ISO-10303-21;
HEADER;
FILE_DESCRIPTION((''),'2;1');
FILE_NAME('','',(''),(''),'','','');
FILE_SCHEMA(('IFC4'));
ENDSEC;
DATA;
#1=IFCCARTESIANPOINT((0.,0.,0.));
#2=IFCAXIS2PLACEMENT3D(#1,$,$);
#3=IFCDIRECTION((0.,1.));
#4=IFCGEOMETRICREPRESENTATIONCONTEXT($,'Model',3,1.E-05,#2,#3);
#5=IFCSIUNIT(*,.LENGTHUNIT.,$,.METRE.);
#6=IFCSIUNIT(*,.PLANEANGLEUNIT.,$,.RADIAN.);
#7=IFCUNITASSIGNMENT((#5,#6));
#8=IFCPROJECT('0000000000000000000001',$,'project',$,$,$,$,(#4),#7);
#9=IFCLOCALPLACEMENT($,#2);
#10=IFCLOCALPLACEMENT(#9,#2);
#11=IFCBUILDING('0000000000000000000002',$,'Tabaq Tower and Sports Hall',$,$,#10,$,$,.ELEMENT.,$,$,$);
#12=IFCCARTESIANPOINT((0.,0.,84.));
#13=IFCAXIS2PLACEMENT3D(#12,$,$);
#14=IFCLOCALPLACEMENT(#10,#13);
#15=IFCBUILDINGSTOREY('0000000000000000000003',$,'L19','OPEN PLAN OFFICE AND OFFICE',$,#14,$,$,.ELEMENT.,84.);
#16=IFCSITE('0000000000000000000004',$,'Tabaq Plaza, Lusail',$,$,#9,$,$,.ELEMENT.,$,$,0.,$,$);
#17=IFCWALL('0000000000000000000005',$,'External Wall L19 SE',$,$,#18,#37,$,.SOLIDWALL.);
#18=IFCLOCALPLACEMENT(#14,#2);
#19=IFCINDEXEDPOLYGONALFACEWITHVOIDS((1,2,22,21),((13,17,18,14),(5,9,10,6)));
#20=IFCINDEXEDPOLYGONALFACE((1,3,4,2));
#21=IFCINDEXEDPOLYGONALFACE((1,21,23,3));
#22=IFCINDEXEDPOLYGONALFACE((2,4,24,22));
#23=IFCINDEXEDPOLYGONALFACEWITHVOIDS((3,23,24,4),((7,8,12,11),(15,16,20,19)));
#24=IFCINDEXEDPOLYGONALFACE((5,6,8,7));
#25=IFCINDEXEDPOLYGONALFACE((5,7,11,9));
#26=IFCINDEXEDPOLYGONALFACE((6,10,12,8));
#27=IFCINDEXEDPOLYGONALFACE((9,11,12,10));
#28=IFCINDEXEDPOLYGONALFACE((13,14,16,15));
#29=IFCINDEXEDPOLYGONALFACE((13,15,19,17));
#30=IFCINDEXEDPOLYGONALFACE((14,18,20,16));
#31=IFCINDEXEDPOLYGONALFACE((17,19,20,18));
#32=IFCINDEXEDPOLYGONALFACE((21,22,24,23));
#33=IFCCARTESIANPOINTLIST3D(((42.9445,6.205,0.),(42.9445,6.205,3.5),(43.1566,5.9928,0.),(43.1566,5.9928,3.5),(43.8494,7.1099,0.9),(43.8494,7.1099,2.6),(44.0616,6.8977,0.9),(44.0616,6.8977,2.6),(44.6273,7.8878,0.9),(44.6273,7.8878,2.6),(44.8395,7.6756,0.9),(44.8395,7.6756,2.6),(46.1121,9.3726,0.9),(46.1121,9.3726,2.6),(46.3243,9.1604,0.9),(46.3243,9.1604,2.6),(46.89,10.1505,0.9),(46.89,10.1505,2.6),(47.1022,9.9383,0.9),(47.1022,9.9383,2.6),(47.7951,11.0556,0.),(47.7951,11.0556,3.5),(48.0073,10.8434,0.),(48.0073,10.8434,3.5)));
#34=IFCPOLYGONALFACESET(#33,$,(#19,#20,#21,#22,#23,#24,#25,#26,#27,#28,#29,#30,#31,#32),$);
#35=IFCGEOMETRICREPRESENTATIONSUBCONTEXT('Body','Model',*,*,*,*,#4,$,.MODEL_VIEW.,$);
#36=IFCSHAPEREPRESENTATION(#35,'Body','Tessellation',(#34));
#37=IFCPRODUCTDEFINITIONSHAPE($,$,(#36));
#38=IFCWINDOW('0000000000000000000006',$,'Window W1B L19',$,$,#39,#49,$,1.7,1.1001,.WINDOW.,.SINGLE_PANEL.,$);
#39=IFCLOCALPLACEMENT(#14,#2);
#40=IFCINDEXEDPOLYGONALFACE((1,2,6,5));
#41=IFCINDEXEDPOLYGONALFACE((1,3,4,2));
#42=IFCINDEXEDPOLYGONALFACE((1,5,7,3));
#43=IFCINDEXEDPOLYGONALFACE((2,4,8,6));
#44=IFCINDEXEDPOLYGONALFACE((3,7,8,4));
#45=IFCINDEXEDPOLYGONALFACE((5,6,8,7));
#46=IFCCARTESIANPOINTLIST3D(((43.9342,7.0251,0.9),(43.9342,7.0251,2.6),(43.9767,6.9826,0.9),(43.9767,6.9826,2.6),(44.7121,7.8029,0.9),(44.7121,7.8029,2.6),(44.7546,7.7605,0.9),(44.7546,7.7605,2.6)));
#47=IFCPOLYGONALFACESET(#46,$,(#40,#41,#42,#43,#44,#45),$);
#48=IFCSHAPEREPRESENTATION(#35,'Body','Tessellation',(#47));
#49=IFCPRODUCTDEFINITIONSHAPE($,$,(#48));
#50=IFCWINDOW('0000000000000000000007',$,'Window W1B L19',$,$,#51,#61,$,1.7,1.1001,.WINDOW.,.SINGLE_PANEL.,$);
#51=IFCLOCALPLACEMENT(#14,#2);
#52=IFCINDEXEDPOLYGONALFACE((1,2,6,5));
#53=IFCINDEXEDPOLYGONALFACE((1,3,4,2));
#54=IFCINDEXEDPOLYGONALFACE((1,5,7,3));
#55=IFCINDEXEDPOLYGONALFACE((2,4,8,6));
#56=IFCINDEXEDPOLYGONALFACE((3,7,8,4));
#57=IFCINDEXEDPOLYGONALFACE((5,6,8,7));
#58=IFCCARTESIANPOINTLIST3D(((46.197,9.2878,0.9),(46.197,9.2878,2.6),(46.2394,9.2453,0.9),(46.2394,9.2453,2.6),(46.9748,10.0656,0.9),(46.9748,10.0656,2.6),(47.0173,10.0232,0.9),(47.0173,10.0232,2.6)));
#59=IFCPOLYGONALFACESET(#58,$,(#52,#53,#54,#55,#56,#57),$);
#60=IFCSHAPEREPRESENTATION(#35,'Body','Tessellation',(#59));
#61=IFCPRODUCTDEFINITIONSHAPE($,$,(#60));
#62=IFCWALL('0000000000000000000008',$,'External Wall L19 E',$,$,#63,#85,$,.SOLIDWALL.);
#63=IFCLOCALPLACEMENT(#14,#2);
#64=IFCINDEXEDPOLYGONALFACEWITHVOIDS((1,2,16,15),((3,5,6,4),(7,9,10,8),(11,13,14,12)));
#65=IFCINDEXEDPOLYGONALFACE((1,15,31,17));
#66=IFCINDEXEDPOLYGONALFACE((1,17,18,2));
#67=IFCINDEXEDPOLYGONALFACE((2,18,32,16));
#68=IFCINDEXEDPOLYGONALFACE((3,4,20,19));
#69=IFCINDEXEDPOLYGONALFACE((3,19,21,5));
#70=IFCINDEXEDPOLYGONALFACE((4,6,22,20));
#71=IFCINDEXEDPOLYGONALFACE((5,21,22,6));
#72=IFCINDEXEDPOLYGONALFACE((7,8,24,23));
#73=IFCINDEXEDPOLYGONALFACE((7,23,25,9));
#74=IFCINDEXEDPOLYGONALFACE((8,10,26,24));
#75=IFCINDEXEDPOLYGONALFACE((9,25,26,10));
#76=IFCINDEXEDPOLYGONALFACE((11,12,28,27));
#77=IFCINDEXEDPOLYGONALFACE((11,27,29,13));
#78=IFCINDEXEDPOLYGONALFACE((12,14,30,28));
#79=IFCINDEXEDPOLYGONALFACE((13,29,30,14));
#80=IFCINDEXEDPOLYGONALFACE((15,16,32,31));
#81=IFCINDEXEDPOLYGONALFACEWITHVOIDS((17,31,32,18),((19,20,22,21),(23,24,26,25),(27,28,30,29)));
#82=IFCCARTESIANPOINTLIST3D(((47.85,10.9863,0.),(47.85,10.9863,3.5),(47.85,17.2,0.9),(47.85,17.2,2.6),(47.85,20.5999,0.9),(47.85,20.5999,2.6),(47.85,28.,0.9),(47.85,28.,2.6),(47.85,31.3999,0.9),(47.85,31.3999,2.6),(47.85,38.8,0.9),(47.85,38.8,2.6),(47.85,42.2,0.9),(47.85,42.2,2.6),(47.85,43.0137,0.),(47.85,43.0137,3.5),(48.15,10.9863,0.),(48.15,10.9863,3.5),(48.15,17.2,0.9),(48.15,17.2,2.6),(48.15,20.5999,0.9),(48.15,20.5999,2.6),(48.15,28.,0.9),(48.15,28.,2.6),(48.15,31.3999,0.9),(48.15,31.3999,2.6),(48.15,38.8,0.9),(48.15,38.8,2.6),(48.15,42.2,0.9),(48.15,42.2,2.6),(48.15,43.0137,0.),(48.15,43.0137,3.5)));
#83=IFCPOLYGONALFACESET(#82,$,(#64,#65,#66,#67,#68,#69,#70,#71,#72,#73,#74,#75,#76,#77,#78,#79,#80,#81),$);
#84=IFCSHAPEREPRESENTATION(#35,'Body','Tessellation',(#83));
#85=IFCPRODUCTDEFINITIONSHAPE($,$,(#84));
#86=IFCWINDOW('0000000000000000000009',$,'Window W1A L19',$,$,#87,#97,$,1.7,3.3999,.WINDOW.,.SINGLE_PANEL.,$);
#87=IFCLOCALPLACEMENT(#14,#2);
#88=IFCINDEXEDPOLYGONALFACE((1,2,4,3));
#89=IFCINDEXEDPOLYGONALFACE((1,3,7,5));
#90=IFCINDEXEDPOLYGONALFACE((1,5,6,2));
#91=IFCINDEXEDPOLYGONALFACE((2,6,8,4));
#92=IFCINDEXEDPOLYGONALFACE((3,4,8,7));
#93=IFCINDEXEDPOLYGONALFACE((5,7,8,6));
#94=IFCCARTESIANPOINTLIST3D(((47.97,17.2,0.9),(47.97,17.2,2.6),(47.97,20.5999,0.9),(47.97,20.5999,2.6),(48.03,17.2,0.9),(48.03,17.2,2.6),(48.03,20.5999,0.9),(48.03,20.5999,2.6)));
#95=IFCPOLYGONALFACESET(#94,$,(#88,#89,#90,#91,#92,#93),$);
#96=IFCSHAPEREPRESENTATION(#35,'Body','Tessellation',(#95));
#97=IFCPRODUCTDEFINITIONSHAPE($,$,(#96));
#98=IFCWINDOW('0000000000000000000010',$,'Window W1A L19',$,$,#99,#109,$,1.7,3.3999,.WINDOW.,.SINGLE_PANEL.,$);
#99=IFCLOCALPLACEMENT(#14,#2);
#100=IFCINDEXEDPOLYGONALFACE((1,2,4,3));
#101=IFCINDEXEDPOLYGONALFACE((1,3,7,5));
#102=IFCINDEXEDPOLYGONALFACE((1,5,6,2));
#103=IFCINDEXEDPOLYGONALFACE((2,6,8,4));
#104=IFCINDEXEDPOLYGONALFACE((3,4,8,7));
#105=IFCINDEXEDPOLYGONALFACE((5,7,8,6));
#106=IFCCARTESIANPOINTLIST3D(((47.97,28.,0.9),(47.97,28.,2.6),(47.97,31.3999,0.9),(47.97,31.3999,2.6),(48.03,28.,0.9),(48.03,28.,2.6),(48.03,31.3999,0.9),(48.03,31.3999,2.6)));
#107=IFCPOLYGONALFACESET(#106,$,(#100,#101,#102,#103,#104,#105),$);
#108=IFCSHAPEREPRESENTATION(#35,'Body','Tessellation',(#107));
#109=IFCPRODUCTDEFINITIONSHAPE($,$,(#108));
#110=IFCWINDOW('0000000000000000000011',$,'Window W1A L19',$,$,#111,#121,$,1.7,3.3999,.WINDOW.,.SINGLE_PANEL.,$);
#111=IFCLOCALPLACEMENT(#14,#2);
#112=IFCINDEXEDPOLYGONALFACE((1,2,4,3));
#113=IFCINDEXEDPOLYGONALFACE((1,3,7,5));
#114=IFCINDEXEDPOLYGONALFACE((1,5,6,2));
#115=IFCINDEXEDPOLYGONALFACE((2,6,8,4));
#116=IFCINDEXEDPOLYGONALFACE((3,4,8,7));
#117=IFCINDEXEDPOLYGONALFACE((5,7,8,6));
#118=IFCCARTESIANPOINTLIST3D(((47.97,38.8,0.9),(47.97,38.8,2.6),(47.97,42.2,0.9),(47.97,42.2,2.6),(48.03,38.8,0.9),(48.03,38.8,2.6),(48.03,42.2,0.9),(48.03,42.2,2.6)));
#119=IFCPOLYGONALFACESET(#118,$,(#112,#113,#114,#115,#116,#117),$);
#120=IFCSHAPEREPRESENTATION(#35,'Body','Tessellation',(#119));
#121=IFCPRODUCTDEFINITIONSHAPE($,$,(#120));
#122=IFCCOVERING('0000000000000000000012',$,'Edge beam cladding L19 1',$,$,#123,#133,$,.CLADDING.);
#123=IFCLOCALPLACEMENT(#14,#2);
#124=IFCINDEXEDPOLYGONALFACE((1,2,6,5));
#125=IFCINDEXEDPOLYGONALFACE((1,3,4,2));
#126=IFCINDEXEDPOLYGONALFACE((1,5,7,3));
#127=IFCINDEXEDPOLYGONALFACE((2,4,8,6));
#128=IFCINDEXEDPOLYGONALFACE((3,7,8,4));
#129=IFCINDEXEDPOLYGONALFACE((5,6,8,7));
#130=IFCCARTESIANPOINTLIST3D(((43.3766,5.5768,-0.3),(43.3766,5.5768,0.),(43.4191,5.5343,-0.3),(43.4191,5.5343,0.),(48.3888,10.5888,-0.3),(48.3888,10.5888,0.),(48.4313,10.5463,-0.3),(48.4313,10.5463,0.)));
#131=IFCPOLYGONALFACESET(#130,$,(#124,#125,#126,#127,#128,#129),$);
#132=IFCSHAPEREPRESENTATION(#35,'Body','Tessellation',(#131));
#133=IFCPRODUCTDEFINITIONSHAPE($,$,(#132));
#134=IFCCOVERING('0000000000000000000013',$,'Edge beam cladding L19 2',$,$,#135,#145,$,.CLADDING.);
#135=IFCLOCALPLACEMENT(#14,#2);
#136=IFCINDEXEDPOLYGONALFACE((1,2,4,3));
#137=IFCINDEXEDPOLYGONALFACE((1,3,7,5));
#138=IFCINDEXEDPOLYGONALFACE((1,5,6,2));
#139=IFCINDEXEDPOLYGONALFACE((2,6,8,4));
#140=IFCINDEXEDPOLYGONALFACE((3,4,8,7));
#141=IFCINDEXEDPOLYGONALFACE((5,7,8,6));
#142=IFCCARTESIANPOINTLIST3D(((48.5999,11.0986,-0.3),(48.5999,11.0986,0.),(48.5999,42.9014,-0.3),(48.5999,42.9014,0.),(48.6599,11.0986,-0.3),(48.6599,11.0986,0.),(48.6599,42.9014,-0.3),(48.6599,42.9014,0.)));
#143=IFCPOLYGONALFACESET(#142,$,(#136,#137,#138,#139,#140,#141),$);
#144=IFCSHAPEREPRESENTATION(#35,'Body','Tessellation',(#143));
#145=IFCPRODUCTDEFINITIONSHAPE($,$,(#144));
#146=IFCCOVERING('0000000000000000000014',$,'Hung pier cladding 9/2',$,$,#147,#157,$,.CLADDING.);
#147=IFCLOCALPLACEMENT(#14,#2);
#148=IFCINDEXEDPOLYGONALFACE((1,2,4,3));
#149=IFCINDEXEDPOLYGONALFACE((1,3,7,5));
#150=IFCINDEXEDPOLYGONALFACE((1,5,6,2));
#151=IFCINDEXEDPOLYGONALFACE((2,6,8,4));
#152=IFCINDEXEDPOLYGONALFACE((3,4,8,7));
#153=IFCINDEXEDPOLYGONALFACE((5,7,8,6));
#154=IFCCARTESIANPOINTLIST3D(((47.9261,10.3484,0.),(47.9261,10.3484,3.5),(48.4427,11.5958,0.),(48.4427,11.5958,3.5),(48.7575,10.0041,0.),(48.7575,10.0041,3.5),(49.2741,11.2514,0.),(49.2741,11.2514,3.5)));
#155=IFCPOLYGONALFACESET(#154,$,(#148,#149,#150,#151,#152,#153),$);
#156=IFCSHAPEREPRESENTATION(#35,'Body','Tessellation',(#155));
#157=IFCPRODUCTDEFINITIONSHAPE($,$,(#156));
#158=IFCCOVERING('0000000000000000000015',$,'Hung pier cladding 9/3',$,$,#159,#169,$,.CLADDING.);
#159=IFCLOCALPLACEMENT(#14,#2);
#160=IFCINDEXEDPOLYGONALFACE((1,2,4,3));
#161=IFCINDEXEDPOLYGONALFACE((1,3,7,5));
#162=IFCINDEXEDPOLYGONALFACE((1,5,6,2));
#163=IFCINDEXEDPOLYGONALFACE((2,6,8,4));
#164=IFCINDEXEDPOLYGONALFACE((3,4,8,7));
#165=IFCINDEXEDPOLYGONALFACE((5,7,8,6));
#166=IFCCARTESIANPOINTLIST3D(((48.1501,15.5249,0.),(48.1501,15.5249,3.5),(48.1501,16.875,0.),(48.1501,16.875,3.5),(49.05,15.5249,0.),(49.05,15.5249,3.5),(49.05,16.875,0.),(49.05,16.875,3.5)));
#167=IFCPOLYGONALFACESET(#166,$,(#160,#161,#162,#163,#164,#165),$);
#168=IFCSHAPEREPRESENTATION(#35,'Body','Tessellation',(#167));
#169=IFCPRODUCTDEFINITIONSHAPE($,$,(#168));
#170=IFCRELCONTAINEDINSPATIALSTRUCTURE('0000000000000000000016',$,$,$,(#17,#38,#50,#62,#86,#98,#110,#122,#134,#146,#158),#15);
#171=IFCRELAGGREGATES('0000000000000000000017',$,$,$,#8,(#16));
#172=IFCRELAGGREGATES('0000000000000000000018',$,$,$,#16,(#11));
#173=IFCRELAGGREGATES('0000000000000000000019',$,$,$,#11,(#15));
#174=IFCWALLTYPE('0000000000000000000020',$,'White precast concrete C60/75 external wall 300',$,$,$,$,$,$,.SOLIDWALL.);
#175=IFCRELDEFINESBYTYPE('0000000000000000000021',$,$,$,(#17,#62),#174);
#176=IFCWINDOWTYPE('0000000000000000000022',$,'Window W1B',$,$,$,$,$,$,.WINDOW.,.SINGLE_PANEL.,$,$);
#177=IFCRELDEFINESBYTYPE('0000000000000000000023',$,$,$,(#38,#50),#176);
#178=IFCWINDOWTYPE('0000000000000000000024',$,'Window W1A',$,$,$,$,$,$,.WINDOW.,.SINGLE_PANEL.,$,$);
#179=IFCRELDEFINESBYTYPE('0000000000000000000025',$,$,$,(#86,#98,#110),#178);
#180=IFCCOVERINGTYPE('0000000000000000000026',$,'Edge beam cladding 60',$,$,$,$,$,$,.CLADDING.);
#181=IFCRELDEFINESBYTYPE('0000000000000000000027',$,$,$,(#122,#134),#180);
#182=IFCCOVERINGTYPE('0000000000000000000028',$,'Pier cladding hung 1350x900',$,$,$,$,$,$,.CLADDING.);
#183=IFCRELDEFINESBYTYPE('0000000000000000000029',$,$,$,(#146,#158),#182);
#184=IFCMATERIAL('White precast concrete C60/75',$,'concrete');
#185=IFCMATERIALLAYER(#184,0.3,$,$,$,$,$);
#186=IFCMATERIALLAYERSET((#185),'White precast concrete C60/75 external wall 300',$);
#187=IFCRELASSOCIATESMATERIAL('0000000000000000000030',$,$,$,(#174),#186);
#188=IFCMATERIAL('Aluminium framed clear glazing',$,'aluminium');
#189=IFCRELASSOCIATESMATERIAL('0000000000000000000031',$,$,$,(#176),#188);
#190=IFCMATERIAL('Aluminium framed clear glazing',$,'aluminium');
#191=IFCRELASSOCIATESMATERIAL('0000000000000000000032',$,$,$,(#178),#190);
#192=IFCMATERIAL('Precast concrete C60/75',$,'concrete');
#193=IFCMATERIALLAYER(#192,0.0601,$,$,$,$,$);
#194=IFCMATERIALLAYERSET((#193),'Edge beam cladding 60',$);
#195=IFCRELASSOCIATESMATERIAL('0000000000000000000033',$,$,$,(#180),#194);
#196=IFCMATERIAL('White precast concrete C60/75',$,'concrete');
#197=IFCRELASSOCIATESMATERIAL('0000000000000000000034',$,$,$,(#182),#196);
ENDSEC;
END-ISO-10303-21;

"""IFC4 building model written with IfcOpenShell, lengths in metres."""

from ifc_helpers import new_model, si_unit, direction, frame, frame_2d, origin, place, context, subcontext, project, spatial, rectangle, extrude, material, layer, layer_set, type_object, element, fill, save


model = new_model("IFC4")

# Units and contexts
model_context = context("Model", 3, precision=1e-05, world=origin(), true_north=direction((0.0, 1.0)))
body_context = subcontext(model_context, "Body", "Model", "MODEL_VIEW")
ifc_project = project(units=[si_unit("LENGTHUNIT", "METRE"), si_unit("PLANEANGLEUNIT", "RADIAN")], contexts=[model_context])

# Site, building, storey
site_placement = place(None, origin())
site = spatial("IfcSite", under=ifc_project, at=site_placement, Name="Tabaq Plaza, Lusail", CompositionType="ELEMENT", RefElevation=0.0)
building_placement = place(site_placement, origin())
building = spatial("IfcBuilding", under=site, at=building_placement, Name="Tabaq Tower and Sports Hall", CompositionType="ELEMENT")
storey_placement = place(building_placement, frame((0.0, 0.0, 84.0)))
storey = spatial("IfcBuildingStorey", under=building, at=storey_placement, Name="L19", Description="OPEN PLAN OFFICE AND OFFICE", CompositionType="ELEMENT", Elevation=84.0)

# Walls, openings, windows
ifc_material_1 = material(Name="White precast concrete C60/75", Category="concrete")
ifc_layer_1 = layer(ifc_material_1, 0.3)
ifc_layer_set_1 = layer_set([ifc_layer_1], Name="White precast concrete C60/75 external wall 300")
wall_type_1 = type_object("IfcWallType", Name="White precast concrete C60/75 external wall 300", PredefinedType="SOLIDWALL", material=ifc_layer_set_1)
wall_1_placement = place(storey_placement, frame((43.0505, 6.0989, 0.0), z_axis=(0.0, 0.0, 1.0), x_axis=(0.707107, 0.707107, 0.0)))
wall_1 = element("IfcWall", 1, at=wall_1_placement, inside=storey, type_object=wall_type_1, Name="External Wall L19 SE", PredefinedType="SOLIDWALL", context=body_context, shape_type="SweptSolid", body=[
    extrude(rectangle(XDim=6.8599, YDim=0.3, at=frame_2d((3.4299, 0.0))), origin(), (0.0, 0.0, 1.0), 3.5),
])
opening_1_placement = place(wall_1_placement, frame((1.2798, 0.0, 0.8999)))
opening_1 = element("IfcOpeningElement", 2, at=opening_1_placement, cuts=wall_1, PredefinedType="OPENING", context=body_context, shape_type="SweptSolid", body=[
    extrude(rectangle(XDim=1.1001, YDim=1.7, at=frame_2d((0.55, 0.8501))), frame((0.0, 0.1602, 0.0), z_axis=(0.0, -1.0, 0.0), x_axis=(1.0, 0.0, 0.0)), (0.0, 0.0, 1.0), 0.3201),
])
opening_2_placement = place(wall_1_placement, frame((4.4797, 0.0, 0.8999)))
opening_2 = element("IfcOpeningElement", 3, at=opening_2_placement, cuts=wall_1, PredefinedType="OPENING", context=body_context, shape_type="SweptSolid", body=[
    extrude(rectangle(XDim=1.1001, YDim=1.7, at=frame_2d((0.55, 0.8501))), frame((0.0, 0.1602, 0.0), z_axis=(0.0, -1.0, 0.0), x_axis=(1.0, 0.0, 0.0)), (0.0, 0.0, 1.0), 0.3201),
])
ifc_material_2 = material(Name="Aluminium framed clear glazing", Category="aluminium")
window_type_1 = type_object("IfcWindowType", Name="Window W1B", PartitioningType="SINGLE_PANEL", PredefinedType="WINDOW", material=ifc_material_2)
window_1_placement = place(opening_1_placement, origin())
window_1 = element("IfcWindow", 4, at=window_1_placement, inside=storey, type_object=window_type_1, Name="Window W1B L19", OverallHeight=1.7, OverallWidth=1.1001, PartitioningType="SINGLE_PANEL", PredefinedType="WINDOW", context=body_context, shape_type="SweptSolid", body=[
    extrude(rectangle(XDim=1.1001, YDim=1.7, at=frame_2d((0.55, 0.8501))), frame((0.0, 0.03, 0.0), z_axis=(0.0, -1.0, 0.0), x_axis=(1.0, 0.0, 0.0)), (0.0, 0.0, 1.0), 0.0601),
])
fill(opening_1, window_1)
window_2_placement = place(opening_2_placement, origin())
window_2 = element("IfcWindow", 5, at=window_2_placement, inside=storey, type_object=window_type_1, Name="Window W1B L19", OverallHeight=1.7, OverallWidth=1.1001, PartitioningType="SINGLE_PANEL", PredefinedType="WINDOW", context=body_context, shape_type="SweptSolid", body=[
    extrude(rectangle(XDim=1.1001, YDim=1.7, at=frame_2d((0.55, 0.8501))), frame((0.0, 0.03, 0.0), z_axis=(0.0, -1.0, 0.0), x_axis=(1.0, 0.0, 0.0)), (0.0, 0.0, 1.0), 0.0601),
])
fill(opening_2, window_2)
wall_2_placement = place(storey_placement, frame((48.0, 10.9863, 0.0), z_axis=(0.0, 0.0, 1.0), x_axis=(0.0, 1.0, 0.0)))
wall_2 = element("IfcWall", 6, at=wall_2_placement, inside=storey, type_object=wall_type_1, Name="External Wall L19 E", PredefinedType="SOLIDWALL", context=body_context, shape_type="SweptSolid", body=[
    extrude(rectangle(XDim=32.0273, YDim=0.3, at=frame_2d((16.0137, 0.0))), origin(), (0.0, 0.0, 1.0), 3.5),
])
opening_3_placement = place(wall_2_placement, frame((6.2136, 0.0, 0.8999)))
opening_3 = element("IfcOpeningElement", 7, at=opening_3_placement, cuts=wall_2, PredefinedType="OPENING", context=body_context, shape_type="SweptSolid", body=[
    extrude(rectangle(XDim=3.3999, YDim=1.7, at=frame_2d((1.7, 0.8501))), frame((0.0, 0.1602, 0.0), z_axis=(0.0, -1.0, 0.0), x_axis=(1.0, 0.0, 0.0)), (0.0, 0.0, 1.0), 0.3201),
])
opening_4_placement = place(wall_2_placement, frame((17.0137, 0.0, 0.8999)))
opening_4 = element("IfcOpeningElement", 8, at=opening_4_placement, cuts=wall_2, PredefinedType="OPENING", context=body_context, shape_type="SweptSolid", body=[
    extrude(rectangle(XDim=3.3999, YDim=1.7, at=frame_2d((1.7, 0.8501))), frame((0.0, 0.1602, 0.0), z_axis=(0.0, -1.0, 0.0), x_axis=(1.0, 0.0, 0.0)), (0.0, 0.0, 1.0), 0.3201),
])
opening_5_placement = place(wall_2_placement, frame((27.8137, 0.0, 0.8999)))
opening_5 = element("IfcOpeningElement", 9, at=opening_5_placement, cuts=wall_2, PredefinedType="OPENING", context=body_context, shape_type="SweptSolid", body=[
    extrude(rectangle(XDim=3.3999, YDim=1.7, at=frame_2d((1.7, 0.8501))), frame((0.0, 0.1602, 0.0), z_axis=(0.0, -1.0, 0.0), x_axis=(1.0, 0.0, 0.0)), (0.0, 0.0, 1.0), 0.3201),
])
ifc_material_3 = material(Name="Aluminium framed clear glazing", Category="aluminium")
window_type_2 = type_object("IfcWindowType", Name="Window W1A", PartitioningType="SINGLE_PANEL", PredefinedType="WINDOW", material=ifc_material_3)
window_3_placement = place(opening_3_placement, origin())
window_3 = element("IfcWindow", 10, at=window_3_placement, inside=storey, type_object=window_type_2, Name="Window W1A L19", OverallHeight=1.7, OverallWidth=3.3999, PartitioningType="SINGLE_PANEL", PredefinedType="WINDOW", context=body_context, shape_type="SweptSolid", body=[
    extrude(rectangle(XDim=3.3999, YDim=1.7, at=frame_2d((1.7, 0.8501))), frame((0.0, 0.03, 0.0), z_axis=(0.0, -1.0, 0.0), x_axis=(1.0, 0.0, 0.0)), (0.0, 0.0, 1.0), 0.0601),
])
fill(opening_3, window_3)
window_4_placement = place(opening_4_placement, origin())
window_4 = element("IfcWindow", 11, at=window_4_placement, inside=storey, type_object=window_type_2, Name="Window W1A L19", OverallHeight=1.7, OverallWidth=3.3999, PartitioningType="SINGLE_PANEL", PredefinedType="WINDOW", context=body_context, shape_type="SweptSolid", body=[
    extrude(rectangle(XDim=3.3999, YDim=1.7, at=frame_2d((1.7, 0.8501))), frame((0.0, 0.03, 0.0), z_axis=(0.0, -1.0, 0.0), x_axis=(1.0, 0.0, 0.0)), (0.0, 0.0, 1.0), 0.0601),
])
fill(opening_4, window_4)
window_5_placement = place(opening_5_placement, origin())
window_5 = element("IfcWindow", 12, at=window_5_placement, inside=storey, type_object=window_type_2, Name="Window W1A L19", OverallHeight=1.7, OverallWidth=3.3999, PartitioningType="SINGLE_PANEL", PredefinedType="WINDOW", context=body_context, shape_type="SweptSolid", body=[
    extrude(rectangle(XDim=3.3999, YDim=1.7, at=frame_2d((1.7, 0.8501))), frame((0.0, 0.03, 0.0), z_axis=(0.0, -1.0, 0.0), x_axis=(1.0, 0.0, 0.0)), (0.0, 0.0, 1.0), 0.0601),
])
fill(opening_5, window_5)

# Coverings
ifc_material_4 = material(Name="Precast concrete C60/75", Category="concrete")
ifc_layer_2 = layer(ifc_material_4, 0.0601)
ifc_layer_set_2 = layer_set([ifc_layer_2], Name="Edge beam cladding 60")
covering_type_1 = type_object("IfcCoveringType", Name="Edge beam cladding 60", PredefinedType="CLADDING", material=ifc_layer_set_2)
covering_1_placement = place(storey_placement, frame((43.3979, 5.5557, -0.3), z_axis=(0.0, 0.0, 1.0), x_axis=(0.707124, 0.70709, 0.0)))
element("IfcCovering", 13, at=covering_1_placement, inside=storey, type_object=covering_type_1, Name="Edge beam cladding L19 1", PredefinedType="CLADDING", context=body_context, shape_type="SweptSolid", body=[
    extrude(rectangle(XDim=7.0881, YDim=0.0601, at=frame_2d((3.5439, 0.0))), origin(), (0.0, 0.0, 1.0), 0.3),
])
covering_2_placement = place(storey_placement, frame((48.6299, 11.0986, -0.3), z_axis=(0.0, 0.0, 1.0), x_axis=(0.0, 1.0, 0.0)))
element("IfcCovering", 14, at=covering_2_placement, inside=storey, type_object=covering_type_1, Name="Edge beam cladding L19 2", PredefinedType="CLADDING", context=body_context, shape_type="SweptSolid", body=[
    extrude(rectangle(XDim=31.8027, YDim=0.0601, at=frame_2d((15.9014, 0.0))), origin(), (0.0, 0.0, 1.0), 0.3),
])
ifc_material_5 = material(Name="White precast concrete C60/75", Category="concrete")
covering_type_2 = type_object("IfcCoveringType", Name="Pier cladding hung 1350x900", PredefinedType="CLADDING", material=ifc_material_5)
for number, where, z_axis, x_axis, name in (
    (15, (48.3418, 10.1763, 0.0), (0.0, 0.0, 1.0), (0.38265, 0.923893, 0.0), "Hung pier cladding 9/2"),
    (16, (48.6001, 15.5249, 0.0), (0.0, 0.0, 1.0), (0.0, 1.0, 0.0), "Hung pier cladding 9/3"),
):
    element("IfcCovering", number, at=place(storey_placement, frame(where, z_axis=z_axis, x_axis=x_axis)), inside=storey, type_object=covering_type_2, Name=name, PredefinedType="CLADDING", context=body_context, shape_type="SweptSolid", body=[
        extrude(rectangle(XDim=1.3501, YDim=0.8999, at=frame_2d((0.675, 0.0))), origin(), (0.0, 0.0, 1.0), 3.5),
    ])

save(model, "model.ifc")
